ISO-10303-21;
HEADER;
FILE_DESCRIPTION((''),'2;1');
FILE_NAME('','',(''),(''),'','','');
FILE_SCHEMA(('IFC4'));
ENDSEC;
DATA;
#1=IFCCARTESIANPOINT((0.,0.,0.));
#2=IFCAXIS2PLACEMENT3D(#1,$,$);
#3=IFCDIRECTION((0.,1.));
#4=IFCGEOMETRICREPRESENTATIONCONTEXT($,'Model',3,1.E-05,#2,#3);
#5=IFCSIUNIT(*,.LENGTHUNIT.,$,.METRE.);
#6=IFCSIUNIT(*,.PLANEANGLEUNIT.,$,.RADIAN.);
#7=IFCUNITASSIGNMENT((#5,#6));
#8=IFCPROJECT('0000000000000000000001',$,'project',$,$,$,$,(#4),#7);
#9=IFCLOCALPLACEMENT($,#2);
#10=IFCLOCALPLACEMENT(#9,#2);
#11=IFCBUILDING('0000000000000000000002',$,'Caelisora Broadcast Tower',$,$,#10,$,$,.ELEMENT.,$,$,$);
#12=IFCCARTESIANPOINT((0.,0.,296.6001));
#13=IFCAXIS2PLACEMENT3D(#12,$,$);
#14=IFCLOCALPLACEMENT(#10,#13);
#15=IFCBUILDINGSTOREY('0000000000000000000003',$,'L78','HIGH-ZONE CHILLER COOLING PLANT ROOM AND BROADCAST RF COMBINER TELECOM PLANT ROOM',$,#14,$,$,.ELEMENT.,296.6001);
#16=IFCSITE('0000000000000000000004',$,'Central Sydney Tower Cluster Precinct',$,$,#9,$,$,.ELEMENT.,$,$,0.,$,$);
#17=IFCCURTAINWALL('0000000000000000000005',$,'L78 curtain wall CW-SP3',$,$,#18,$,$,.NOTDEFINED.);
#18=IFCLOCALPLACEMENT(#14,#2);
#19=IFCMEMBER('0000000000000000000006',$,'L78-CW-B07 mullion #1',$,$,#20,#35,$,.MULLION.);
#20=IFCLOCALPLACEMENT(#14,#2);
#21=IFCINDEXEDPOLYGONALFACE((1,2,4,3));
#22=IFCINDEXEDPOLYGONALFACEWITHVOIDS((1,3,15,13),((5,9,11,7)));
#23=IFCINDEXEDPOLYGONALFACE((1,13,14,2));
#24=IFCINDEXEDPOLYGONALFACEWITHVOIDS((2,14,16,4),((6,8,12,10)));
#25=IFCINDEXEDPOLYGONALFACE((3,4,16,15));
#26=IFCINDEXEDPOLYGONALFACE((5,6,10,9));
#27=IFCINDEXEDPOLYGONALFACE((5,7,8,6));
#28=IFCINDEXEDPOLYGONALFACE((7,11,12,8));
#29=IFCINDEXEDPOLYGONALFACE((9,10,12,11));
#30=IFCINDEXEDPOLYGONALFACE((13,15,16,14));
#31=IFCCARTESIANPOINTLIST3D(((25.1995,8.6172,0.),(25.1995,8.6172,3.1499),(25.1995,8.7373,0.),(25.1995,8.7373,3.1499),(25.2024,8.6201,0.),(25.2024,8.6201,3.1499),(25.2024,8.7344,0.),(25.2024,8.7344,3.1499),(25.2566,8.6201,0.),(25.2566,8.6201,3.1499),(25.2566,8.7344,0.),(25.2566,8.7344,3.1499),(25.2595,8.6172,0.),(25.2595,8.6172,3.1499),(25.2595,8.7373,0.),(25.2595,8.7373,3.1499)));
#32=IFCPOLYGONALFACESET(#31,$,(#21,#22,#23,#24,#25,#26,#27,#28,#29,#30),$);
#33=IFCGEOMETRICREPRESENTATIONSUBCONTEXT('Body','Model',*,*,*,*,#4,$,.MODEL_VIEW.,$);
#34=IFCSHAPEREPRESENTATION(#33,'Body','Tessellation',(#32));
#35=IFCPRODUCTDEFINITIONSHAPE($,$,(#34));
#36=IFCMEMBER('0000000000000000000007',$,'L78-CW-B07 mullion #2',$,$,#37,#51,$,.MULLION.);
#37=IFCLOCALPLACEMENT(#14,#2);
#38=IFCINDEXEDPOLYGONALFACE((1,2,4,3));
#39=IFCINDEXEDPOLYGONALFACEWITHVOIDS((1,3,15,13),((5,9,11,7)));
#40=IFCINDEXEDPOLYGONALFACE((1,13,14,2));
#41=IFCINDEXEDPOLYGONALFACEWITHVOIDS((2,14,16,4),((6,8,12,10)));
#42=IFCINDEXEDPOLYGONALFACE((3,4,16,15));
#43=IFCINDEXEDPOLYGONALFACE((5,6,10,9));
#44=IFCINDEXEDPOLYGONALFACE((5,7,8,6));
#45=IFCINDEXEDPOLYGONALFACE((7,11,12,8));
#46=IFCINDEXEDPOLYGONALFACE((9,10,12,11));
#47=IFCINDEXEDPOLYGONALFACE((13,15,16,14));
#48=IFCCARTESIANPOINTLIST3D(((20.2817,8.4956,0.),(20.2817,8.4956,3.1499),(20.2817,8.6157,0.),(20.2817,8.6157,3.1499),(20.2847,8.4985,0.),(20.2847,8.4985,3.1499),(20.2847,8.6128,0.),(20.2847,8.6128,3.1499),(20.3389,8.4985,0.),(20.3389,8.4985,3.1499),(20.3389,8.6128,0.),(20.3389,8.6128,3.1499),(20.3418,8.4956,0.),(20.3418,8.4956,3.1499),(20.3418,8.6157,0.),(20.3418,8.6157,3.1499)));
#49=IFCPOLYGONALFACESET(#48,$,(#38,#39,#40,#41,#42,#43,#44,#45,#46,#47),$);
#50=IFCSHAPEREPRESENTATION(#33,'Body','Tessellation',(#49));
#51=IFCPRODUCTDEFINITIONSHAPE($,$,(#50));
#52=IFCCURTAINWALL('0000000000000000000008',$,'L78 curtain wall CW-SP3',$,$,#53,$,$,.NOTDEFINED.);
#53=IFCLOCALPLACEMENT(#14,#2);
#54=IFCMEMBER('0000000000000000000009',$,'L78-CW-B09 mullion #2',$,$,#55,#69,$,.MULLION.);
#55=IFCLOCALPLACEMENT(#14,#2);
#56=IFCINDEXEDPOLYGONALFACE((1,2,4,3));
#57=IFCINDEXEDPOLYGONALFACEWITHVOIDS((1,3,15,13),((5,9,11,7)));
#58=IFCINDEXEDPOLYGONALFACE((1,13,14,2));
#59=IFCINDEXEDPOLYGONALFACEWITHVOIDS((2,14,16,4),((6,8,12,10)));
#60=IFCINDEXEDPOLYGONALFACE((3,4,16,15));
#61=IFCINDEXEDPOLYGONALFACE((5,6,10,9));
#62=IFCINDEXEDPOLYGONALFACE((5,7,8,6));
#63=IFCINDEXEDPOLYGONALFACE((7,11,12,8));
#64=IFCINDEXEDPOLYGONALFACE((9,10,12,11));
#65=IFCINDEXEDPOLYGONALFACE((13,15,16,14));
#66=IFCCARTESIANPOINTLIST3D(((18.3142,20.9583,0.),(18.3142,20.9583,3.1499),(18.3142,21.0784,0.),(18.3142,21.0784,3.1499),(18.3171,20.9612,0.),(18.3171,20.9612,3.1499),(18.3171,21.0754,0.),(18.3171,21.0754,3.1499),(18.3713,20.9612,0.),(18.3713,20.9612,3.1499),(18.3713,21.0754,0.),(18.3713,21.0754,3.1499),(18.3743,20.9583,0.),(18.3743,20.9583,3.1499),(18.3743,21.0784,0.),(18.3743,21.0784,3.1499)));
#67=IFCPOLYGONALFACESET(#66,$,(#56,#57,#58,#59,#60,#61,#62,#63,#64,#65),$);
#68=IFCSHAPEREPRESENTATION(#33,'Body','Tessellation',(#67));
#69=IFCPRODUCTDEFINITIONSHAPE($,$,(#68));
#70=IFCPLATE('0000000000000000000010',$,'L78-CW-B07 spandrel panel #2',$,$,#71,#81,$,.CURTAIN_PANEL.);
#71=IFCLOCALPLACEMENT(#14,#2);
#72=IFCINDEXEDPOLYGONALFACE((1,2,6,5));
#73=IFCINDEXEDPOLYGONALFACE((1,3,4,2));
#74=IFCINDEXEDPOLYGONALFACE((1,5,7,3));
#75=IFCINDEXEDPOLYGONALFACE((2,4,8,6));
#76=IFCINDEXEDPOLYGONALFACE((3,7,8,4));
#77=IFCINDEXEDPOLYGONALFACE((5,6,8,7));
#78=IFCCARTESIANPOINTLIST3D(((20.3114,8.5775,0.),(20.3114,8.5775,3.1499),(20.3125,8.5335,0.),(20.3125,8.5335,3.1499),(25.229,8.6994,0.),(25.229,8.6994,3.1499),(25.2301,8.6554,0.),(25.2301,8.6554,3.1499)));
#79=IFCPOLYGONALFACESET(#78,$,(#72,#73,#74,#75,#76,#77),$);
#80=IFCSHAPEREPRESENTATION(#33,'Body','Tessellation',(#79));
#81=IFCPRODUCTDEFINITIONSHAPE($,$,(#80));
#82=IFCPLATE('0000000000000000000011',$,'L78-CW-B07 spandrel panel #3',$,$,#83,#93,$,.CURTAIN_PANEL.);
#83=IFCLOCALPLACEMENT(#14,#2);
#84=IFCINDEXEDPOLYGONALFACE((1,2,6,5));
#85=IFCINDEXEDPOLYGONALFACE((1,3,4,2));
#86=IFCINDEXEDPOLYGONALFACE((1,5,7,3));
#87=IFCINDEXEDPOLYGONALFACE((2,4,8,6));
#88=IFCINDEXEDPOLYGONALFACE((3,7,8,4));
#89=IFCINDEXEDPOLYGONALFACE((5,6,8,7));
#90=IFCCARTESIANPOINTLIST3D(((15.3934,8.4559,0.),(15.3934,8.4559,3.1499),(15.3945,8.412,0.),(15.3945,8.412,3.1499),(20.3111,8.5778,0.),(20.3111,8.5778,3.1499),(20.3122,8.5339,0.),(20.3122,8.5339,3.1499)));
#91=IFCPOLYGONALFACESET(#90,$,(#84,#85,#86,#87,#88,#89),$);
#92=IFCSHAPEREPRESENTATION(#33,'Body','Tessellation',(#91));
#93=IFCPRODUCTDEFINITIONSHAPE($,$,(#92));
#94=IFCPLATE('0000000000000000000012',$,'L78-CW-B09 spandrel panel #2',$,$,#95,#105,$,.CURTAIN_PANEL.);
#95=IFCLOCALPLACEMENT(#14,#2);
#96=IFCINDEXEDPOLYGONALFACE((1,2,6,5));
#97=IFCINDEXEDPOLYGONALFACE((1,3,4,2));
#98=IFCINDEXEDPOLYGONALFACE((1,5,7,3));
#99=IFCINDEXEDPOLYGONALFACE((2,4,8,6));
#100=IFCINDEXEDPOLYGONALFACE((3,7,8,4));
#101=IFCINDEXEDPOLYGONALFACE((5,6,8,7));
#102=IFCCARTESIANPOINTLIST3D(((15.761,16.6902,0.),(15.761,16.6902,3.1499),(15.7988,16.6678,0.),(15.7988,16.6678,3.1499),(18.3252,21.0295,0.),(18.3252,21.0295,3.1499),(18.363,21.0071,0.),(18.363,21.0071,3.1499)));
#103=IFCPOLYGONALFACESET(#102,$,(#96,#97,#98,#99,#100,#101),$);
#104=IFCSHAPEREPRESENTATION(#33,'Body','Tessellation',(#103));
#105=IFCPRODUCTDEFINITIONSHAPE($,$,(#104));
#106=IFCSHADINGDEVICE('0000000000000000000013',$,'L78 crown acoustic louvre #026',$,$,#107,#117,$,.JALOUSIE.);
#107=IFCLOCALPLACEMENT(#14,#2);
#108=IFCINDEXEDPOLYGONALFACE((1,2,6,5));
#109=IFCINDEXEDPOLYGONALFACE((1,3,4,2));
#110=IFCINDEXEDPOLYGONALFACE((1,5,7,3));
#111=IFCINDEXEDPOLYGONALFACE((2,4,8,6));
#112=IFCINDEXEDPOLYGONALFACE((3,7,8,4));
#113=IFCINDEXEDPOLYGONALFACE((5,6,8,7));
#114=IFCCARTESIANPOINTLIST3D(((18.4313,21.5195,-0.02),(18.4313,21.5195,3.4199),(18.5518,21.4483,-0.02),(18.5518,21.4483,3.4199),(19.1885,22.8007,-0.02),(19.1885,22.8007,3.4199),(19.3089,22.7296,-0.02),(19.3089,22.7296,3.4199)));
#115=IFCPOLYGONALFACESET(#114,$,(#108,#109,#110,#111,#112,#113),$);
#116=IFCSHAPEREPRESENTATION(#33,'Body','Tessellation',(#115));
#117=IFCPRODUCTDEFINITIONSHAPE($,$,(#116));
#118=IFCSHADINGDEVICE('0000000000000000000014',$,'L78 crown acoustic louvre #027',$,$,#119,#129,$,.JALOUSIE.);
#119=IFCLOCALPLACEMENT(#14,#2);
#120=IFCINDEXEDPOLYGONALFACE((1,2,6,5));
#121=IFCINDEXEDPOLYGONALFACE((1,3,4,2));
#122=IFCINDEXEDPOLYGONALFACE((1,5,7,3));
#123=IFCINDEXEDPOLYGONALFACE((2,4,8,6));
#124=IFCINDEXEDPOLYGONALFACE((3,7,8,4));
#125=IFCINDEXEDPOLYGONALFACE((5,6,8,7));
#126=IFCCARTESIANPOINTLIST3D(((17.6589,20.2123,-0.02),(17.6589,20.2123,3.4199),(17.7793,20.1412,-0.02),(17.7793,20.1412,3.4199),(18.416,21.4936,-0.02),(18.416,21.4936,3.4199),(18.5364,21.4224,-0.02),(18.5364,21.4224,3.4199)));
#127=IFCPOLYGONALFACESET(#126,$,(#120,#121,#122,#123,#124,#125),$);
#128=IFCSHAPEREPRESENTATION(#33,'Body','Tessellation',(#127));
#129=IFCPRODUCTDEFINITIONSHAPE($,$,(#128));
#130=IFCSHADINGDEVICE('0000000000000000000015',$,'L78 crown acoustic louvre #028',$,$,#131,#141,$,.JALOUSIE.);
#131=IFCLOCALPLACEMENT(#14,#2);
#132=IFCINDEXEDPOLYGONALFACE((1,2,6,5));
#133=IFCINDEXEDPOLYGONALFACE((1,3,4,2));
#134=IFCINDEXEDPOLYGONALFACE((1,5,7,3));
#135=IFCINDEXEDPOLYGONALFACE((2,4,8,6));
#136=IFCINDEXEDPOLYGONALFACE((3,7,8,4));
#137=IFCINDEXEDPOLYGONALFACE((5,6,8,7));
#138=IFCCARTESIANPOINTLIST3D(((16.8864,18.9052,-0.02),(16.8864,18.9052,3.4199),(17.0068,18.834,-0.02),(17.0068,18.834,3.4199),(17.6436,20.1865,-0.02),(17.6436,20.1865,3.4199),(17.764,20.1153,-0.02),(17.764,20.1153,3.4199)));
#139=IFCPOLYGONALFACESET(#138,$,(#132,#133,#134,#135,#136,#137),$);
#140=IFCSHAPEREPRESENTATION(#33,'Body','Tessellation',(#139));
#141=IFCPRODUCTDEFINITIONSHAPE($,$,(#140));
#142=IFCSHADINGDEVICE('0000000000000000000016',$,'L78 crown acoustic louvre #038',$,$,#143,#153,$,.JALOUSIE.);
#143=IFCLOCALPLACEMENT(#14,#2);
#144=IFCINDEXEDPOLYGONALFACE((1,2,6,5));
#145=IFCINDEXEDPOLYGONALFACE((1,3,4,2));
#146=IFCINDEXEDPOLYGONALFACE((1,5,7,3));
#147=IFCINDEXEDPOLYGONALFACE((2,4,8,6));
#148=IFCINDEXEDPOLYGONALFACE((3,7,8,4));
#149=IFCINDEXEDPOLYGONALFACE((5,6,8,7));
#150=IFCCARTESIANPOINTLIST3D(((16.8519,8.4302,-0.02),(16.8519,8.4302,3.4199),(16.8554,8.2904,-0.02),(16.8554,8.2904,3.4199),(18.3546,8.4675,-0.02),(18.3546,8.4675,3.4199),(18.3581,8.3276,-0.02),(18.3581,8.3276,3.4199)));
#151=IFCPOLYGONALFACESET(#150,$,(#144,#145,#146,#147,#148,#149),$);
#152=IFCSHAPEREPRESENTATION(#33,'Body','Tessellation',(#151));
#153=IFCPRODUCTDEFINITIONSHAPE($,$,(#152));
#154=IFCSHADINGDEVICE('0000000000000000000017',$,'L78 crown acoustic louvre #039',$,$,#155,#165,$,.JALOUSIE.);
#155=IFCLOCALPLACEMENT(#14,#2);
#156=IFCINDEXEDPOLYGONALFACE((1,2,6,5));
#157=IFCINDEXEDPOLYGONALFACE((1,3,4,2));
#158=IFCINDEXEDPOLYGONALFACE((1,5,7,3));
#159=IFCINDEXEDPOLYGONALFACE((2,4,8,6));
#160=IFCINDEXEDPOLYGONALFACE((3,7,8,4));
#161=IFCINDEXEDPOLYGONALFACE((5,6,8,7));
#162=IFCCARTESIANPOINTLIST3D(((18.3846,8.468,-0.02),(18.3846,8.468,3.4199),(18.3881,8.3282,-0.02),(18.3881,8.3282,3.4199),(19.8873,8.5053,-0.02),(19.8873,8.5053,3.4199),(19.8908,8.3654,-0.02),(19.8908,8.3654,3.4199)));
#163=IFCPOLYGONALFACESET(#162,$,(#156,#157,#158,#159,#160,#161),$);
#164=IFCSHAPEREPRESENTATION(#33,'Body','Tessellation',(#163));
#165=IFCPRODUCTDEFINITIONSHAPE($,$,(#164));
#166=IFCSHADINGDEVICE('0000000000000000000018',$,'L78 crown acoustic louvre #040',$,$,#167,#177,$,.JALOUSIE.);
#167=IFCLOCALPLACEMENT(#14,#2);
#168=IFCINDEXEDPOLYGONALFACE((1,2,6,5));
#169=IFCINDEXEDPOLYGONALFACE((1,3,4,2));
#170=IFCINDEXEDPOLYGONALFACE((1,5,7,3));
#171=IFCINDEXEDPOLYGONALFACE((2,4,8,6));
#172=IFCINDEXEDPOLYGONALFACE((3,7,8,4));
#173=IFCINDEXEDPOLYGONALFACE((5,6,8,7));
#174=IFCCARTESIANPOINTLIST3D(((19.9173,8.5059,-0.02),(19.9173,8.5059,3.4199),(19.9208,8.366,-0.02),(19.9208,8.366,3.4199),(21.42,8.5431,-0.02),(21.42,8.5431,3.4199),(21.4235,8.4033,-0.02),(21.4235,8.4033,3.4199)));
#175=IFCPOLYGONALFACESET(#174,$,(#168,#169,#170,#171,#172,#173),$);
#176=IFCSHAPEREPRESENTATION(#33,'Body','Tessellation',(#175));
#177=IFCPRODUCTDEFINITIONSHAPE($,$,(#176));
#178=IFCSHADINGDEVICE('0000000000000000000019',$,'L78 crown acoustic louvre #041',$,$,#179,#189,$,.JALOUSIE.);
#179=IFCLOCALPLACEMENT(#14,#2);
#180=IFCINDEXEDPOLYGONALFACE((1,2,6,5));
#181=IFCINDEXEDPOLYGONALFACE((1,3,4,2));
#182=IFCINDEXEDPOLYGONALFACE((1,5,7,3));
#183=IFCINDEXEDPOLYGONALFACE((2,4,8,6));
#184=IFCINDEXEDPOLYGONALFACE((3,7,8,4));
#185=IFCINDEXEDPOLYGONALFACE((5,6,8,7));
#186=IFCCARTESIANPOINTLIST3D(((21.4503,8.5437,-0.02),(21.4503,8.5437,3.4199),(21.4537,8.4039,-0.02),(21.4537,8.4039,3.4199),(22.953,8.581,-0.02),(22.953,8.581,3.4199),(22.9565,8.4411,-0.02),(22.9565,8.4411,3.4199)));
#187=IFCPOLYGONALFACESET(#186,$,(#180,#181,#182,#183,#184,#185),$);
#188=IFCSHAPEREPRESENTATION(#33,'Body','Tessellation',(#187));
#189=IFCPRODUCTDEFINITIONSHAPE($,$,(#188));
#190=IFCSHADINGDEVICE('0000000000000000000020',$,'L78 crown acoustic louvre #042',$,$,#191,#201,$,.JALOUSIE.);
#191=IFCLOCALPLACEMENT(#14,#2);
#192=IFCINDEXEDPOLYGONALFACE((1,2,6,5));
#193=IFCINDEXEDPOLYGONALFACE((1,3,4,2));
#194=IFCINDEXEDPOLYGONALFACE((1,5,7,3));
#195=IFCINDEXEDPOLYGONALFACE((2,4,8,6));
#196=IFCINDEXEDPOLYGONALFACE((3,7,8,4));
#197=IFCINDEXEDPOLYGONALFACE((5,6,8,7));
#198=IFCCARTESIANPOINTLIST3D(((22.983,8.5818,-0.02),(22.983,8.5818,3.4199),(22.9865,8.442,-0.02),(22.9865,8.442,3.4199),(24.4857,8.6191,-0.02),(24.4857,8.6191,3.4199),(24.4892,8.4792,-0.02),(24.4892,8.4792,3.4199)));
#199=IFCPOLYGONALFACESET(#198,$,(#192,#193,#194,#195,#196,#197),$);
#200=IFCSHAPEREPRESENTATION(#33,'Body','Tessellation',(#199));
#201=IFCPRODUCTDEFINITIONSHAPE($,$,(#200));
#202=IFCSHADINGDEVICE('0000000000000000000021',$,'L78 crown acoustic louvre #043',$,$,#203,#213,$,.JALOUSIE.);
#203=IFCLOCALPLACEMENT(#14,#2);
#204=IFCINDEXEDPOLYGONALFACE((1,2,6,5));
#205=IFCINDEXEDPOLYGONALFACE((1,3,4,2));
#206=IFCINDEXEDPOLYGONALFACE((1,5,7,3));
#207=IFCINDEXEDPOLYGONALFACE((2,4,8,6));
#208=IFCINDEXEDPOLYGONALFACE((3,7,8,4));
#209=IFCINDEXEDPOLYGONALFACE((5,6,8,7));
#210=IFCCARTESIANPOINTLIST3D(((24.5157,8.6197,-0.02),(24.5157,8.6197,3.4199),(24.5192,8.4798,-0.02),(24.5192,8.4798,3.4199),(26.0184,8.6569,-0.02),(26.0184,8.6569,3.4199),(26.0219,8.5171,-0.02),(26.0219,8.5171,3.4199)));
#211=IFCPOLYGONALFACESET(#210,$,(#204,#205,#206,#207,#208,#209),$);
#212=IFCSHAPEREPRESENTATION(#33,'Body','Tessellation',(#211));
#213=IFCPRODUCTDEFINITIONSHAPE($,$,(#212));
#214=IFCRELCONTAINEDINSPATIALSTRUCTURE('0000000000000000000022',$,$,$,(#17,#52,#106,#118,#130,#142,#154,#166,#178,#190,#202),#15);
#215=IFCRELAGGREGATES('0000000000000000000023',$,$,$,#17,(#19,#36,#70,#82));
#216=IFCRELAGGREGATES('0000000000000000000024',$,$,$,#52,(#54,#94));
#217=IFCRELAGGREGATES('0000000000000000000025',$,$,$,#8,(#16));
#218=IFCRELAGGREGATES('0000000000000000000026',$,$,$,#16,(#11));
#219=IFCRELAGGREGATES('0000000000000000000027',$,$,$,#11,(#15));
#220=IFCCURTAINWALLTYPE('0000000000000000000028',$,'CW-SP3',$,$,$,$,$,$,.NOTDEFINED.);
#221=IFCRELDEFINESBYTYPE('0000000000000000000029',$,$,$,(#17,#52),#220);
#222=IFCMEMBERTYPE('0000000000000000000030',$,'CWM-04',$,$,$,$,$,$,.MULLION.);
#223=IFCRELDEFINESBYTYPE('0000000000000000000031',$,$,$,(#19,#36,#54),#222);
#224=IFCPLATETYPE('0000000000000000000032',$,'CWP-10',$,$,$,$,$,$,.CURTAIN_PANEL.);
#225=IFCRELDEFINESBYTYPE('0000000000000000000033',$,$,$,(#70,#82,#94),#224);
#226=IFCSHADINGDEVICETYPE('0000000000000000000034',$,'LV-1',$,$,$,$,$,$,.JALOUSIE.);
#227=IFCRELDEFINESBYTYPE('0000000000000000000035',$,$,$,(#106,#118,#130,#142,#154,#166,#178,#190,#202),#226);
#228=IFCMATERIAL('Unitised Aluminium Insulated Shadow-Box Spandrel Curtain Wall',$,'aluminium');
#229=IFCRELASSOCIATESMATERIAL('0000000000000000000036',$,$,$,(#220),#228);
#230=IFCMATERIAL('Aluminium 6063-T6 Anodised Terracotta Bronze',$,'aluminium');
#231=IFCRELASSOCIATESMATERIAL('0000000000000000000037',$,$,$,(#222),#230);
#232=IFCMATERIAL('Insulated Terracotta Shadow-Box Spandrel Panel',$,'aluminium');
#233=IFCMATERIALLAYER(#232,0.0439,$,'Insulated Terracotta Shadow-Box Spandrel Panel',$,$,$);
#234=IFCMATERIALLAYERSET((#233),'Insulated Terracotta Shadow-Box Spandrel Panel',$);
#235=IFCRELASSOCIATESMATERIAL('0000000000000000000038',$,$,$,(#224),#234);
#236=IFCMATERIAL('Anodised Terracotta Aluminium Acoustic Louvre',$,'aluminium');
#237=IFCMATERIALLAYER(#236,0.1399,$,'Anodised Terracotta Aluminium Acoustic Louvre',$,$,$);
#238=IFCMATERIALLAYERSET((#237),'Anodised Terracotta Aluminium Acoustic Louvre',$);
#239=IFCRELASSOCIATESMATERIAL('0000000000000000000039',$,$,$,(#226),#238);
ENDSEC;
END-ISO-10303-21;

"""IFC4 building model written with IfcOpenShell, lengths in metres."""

from ifc_helpers import new_model, si_unit, direction, frame, origin, origin_2d, place, context, subcontext, project, spatial, rectangle, hollow_rectangle, extrude, source, transform, mapped, material, layer, layer_set, material_profile, profile_set, type_object, type_shapes, element, aggregate, save


model = new_model("IFC4")

# Units and contexts
model_context = context("Model", 3, precision=1e-05, world=origin(), true_north=direction((0.0, 1.0)))
body_context = subcontext(model_context, "Body", "Model", "MODEL_VIEW")
ifc_project = project(units=[si_unit("LENGTHUNIT", "METRE"), si_unit("PLANEANGLEUNIT", "RADIAN")], contexts=[model_context])

# Site, building, storey
site_placement = place(None, origin())
site = spatial("IfcSite", under=ifc_project, at=site_placement, Name="Central Sydney Tower Cluster Precinct", CompositionType="ELEMENT", RefElevation=0.0)
building_placement = place(site_placement, origin())
building = spatial("IfcBuilding", under=site, at=building_placement, Name="Caelisora Broadcast Tower", CompositionType="ELEMENT")
storey_placement = place(building_placement, frame((0.0, 0.0, 296.6001)))
storey = spatial("IfcBuildingStorey", under=building, at=storey_placement, Name="L78", Description="HIGH-ZONE CHILLER COOLING PLANT ROOM AND BROADCAST RF COMBINER TELECOM PLANT ROOM", CompositionType="ELEMENT", Elevation=296.6001)

# Curtain wall, members
ifc_material_1 = material(Name="Unitised Aluminium Insulated Shadow-Box Spandrel Curtain Wall", Category="aluminium")
curtain_wall_type = type_object("IfcCurtainWallType", Name="CW-SP3", PredefinedType="NOTDEFINED", material=ifc_material_1)
curtain_wall_1_placement = place(storey_placement, origin())
curtain_wall_1 = element("IfcCurtainWall", 1, at=curtain_wall_1_placement, inside=storey, type_object=curtain_wall_type, Name="L78 curtain wall CW-SP3", PredefinedType="NOTDEFINED")
ifc_material_2 = material(Name="Aluminium 6063-T6 Anodised Terracotta Bronze", Category="aluminium")
ifc_material_profile_1 = material_profile(ifc_material_2, hollow_rectangle(XDim=0.0601, YDim=0.1201, WallThickness=0.0029, at=origin_2d()), Name="Aluminium 6063-T6 Anodised Terracotta Bronze")
ifc_profile_set_1 = profile_set([ifc_material_profile_1], Name="Aluminium 6063-T6 Anodised Terracotta Bronze")
member_type = type_object("IfcMemberType", Name="CWM-04", PredefinedType="MULLION", material=ifc_profile_set_1)
shared_shape_1 = source(origin(), body_context, "Body", "SweptSolid", [
    extrude(hollow_rectangle(XDim=0.0601, YDim=0.1201, WallThickness=0.0029, at=origin_2d()), origin(), (0.0, 0.0, 1.0), 3.1499),
])
type_shapes(member_type, [shared_shape_1])
member_1_placement = place(storey_placement, frame((25.2295, 8.6772, 0.0), z_axis=(0.0, 0.0, 1.0), x_axis=(1.0, 0.0, 0.0)))
member_1 = element("IfcMember", 2, at=member_1_placement, type_object=member_type, Name="L78-CW-B07 mullion #1", PredefinedType="MULLION", context=body_context, shape_type="MappedRepresentation", body=[
    mapped(shared_shape_1, transform((0.0, 0.0, 0.0), scale=1.0)),
])
member_2_placement = place(storey_placement, frame((20.3118, 8.5557, 0.0), z_axis=(0.0, 0.0, 1.0), x_axis=(1.0, 0.0, 0.0)))
member_2 = element("IfcMember", 3, at=member_2_placement, type_object=member_type, Name="L78-CW-B07 mullion #2", PredefinedType="MULLION", context=body_context, shape_type="MappedRepresentation", body=[
    mapped(shared_shape_1, transform((0.0, 0.0, 0.0), scale=1.0)),
])

# Curtain wall, member
curtain_wall_2_placement = place(storey_placement, origin())
curtain_wall_2 = element("IfcCurtainWall", 4, at=curtain_wall_2_placement, inside=storey, type_object=curtain_wall_type, Name="L78 curtain wall CW-SP3", PredefinedType="NOTDEFINED")
member_3_placement = place(storey_placement, frame((18.3442, 21.0183, 0.0), z_axis=(0.0, 0.0, 1.0), x_axis=(1.0, 0.0, 0.0)))
member_3 = element("IfcMember", 5, at=member_3_placement, type_object=member_type, Name="L78-CW-B09 mullion #2", PredefinedType="MULLION", context=body_context, shape_type="MappedRepresentation", body=[
    mapped(shared_shape_1, transform((0.0, 0.0, 0.0), scale=1.0)),
])

# Plates
ifc_material_3 = material(Name="Insulated Terracotta Shadow-Box Spandrel Panel", Category="aluminium")
ifc_layer_1 = layer(ifc_material_3, 0.0439, Name="Insulated Terracotta Shadow-Box Spandrel Panel")
ifc_layer_set_1 = layer_set([ifc_layer_1], Name="Insulated Terracotta Shadow-Box Spandrel Panel")
plate_type = type_object("IfcPlateType", Name="CWP-10", PredefinedType="CURTAIN_PANEL", material=ifc_layer_set_1)
shared_shape_2 = source(origin(), body_context, "Body", "SweptSolid", [
    extrude(rectangle(XDim=4.9192, YDim=0.0439, at=origin_2d()), origin(), (0.0, 0.0, 1.0), 3.1499),
])
plate_1_placement = place(storey_placement, frame((22.7708, 8.6165, 0.0), z_axis=(0.0, 0.0, 1.0), x_axis=(-0.999693, -0.024781, 0.0)))
plate_1 = element("IfcPlate", 6, at=plate_1_placement, type_object=plate_type, Name="L78-CW-B07 spandrel panel #2", PredefinedType="CURTAIN_PANEL", context=body_context, shape_type="MappedRepresentation", body=[
    mapped(shared_shape_2, transform((0.0, 0.0, 0.0), scale=1.0)),
])
plate_2_placement = place(storey_placement, frame((17.8528, 8.4949, 0.0), z_axis=(0.0, 0.0, 1.0), x_axis=(-0.999693, -0.024781, 0.0)))
plate_2 = element("IfcPlate", 7, at=plate_2_placement, type_object=plate_type, Name="L78-CW-B07 spandrel panel #3", PredefinedType="CURTAIN_PANEL", context=body_context, shape_type="MappedRepresentation", body=[
    mapped(shared_shape_2, transform((0.0, 0.0, 0.0), scale=1.0)),
])
aggregate(curtain_wall_1, [member_1, member_2, plate_1, plate_2])
shared_shape_3 = source(origin(), body_context, "Body", "SweptSolid", [
    extrude(rectangle(XDim=5.0403, YDim=0.0439, at=origin_2d()), origin(), (0.0, 0.0, 1.0), 3.1499),
])
type_shapes(plate_type, [shared_shape_2, shared_shape_3])
plate_3_placement = place(storey_placement, frame((17.062, 18.8486, 0.0), z_axis=(0.0, 0.0, 1.0), x_axis=(0.508741, 0.86092, 0.0)))
plate_3 = element("IfcPlate", 8, at=plate_3_placement, type_object=plate_type, Name="L78-CW-B09 spandrel panel #2", PredefinedType="CURTAIN_PANEL", context=body_context, shape_type="MappedRepresentation", body=[
    mapped(shared_shape_3, transform((0.0, 0.0, 0.0), scale=1.0)),
])
aggregate(curtain_wall_2, [member_3, plate_3])

# Shading devices
ifc_material_4 = material(Name="Anodised Terracotta Aluminium Acoustic Louvre", Category="aluminium")
ifc_layer_2 = layer(ifc_material_4, 0.1399, Name="Anodised Terracotta Aluminium Acoustic Louvre")
ifc_layer_set_2 = layer_set([ifc_layer_2], Name="Anodised Terracotta Aluminium Acoustic Louvre")
shading_device_type = type_object("IfcShadingDeviceType", Name="LV-1", PredefinedType="JALOUSIE", material=ifc_layer_set_2)
shared_shape_4 = source(origin(), body_context, "Body", "SweptSolid", [
    extrude(rectangle(XDim=1.4883, YDim=0.1399, at=origin_2d()), origin(), (0.0, 0.0, 1.0), 3.4399),
])
for number, where, z_axis, x_axis, name in (
    (9, (18.8701, 22.1245, -0.02), (0.0, 0.0, 1.0), (-0.508741, -0.86092, 0.0), "L78 crown acoustic louvre #026"),
    (10, (18.0977, 20.8174, -0.02), (0.0, 0.0, 1.0), (-0.508741, -0.86092, 0.0), "L78 crown acoustic louvre #027"),
    (11, (17.3252, 19.5103, -0.02), (0.0, 0.0, 1.0), (-0.508741, -0.86092, 0.0), "L78 crown acoustic louvre #028"),
):
    element("IfcShadingDevice", number, at=place(storey_placement, frame(where, z_axis=z_axis, x_axis=x_axis)), inside=storey, type_object=shading_device_type, Name=name, PredefinedType="JALOUSIE", context=body_context, shape_type="MappedRepresentation", body=[
        mapped(shared_shape_4, transform((0.0, 0.0, 0.0), scale=1.0)),
    ])
shared_shape_5 = source(origin(), body_context, "Body", "SweptSolid", [
    extrude(rectangle(XDim=1.5032, YDim=0.1399, at=origin_2d()), origin(), (0.0, 0.0, 1.0), 3.4399),
])
type_shapes(shading_device_type, [shared_shape_4, shared_shape_5])
for number, where, z_axis, x_axis, name in (
    (12, (17.605, 8.3789, -0.02), (0.0, 0.0, 1.0), (0.999693, 0.024781, 0.0), "L78 crown acoustic louvre #038"),
    (13, (19.1377, 8.4167, -0.02), (0.0, 0.0, 1.0), (0.999693, 0.024781, 0.0), "L78 crown acoustic louvre #039"),
    (14, (20.6704, 8.4546, -0.02), (0.0, 0.0, 1.0), (0.999693, 0.024781, 0.0), "L78 crown acoustic louvre #040"),
    (15, (22.2034, 8.4924, -0.02), (0.0, 0.0, 1.0), (0.999693, 0.024781, 0.0), "L78 crown acoustic louvre #041"),
    (16, (23.7361, 8.5305, -0.02), (0.0, 0.0, 1.0), (0.999693, 0.024781, 0.0), "L78 crown acoustic louvre #042"),
    (17, (25.2688, 8.5684, -0.02), (0.0, 0.0, 1.0), (0.999693, 0.024781, 0.0), "L78 crown acoustic louvre #043"),
):
    element("IfcShadingDevice", number, at=place(storey_placement, frame(where, z_axis=z_axis, x_axis=x_axis)), inside=storey, type_object=shading_device_type, Name=name, PredefinedType="JALOUSIE", context=body_context, shape_type="MappedRepresentation", body=[
        mapped(shared_shape_5, transform((0.0, 0.0, 0.0), scale=1.0)),
    ])

save(model, "model.ifc")
